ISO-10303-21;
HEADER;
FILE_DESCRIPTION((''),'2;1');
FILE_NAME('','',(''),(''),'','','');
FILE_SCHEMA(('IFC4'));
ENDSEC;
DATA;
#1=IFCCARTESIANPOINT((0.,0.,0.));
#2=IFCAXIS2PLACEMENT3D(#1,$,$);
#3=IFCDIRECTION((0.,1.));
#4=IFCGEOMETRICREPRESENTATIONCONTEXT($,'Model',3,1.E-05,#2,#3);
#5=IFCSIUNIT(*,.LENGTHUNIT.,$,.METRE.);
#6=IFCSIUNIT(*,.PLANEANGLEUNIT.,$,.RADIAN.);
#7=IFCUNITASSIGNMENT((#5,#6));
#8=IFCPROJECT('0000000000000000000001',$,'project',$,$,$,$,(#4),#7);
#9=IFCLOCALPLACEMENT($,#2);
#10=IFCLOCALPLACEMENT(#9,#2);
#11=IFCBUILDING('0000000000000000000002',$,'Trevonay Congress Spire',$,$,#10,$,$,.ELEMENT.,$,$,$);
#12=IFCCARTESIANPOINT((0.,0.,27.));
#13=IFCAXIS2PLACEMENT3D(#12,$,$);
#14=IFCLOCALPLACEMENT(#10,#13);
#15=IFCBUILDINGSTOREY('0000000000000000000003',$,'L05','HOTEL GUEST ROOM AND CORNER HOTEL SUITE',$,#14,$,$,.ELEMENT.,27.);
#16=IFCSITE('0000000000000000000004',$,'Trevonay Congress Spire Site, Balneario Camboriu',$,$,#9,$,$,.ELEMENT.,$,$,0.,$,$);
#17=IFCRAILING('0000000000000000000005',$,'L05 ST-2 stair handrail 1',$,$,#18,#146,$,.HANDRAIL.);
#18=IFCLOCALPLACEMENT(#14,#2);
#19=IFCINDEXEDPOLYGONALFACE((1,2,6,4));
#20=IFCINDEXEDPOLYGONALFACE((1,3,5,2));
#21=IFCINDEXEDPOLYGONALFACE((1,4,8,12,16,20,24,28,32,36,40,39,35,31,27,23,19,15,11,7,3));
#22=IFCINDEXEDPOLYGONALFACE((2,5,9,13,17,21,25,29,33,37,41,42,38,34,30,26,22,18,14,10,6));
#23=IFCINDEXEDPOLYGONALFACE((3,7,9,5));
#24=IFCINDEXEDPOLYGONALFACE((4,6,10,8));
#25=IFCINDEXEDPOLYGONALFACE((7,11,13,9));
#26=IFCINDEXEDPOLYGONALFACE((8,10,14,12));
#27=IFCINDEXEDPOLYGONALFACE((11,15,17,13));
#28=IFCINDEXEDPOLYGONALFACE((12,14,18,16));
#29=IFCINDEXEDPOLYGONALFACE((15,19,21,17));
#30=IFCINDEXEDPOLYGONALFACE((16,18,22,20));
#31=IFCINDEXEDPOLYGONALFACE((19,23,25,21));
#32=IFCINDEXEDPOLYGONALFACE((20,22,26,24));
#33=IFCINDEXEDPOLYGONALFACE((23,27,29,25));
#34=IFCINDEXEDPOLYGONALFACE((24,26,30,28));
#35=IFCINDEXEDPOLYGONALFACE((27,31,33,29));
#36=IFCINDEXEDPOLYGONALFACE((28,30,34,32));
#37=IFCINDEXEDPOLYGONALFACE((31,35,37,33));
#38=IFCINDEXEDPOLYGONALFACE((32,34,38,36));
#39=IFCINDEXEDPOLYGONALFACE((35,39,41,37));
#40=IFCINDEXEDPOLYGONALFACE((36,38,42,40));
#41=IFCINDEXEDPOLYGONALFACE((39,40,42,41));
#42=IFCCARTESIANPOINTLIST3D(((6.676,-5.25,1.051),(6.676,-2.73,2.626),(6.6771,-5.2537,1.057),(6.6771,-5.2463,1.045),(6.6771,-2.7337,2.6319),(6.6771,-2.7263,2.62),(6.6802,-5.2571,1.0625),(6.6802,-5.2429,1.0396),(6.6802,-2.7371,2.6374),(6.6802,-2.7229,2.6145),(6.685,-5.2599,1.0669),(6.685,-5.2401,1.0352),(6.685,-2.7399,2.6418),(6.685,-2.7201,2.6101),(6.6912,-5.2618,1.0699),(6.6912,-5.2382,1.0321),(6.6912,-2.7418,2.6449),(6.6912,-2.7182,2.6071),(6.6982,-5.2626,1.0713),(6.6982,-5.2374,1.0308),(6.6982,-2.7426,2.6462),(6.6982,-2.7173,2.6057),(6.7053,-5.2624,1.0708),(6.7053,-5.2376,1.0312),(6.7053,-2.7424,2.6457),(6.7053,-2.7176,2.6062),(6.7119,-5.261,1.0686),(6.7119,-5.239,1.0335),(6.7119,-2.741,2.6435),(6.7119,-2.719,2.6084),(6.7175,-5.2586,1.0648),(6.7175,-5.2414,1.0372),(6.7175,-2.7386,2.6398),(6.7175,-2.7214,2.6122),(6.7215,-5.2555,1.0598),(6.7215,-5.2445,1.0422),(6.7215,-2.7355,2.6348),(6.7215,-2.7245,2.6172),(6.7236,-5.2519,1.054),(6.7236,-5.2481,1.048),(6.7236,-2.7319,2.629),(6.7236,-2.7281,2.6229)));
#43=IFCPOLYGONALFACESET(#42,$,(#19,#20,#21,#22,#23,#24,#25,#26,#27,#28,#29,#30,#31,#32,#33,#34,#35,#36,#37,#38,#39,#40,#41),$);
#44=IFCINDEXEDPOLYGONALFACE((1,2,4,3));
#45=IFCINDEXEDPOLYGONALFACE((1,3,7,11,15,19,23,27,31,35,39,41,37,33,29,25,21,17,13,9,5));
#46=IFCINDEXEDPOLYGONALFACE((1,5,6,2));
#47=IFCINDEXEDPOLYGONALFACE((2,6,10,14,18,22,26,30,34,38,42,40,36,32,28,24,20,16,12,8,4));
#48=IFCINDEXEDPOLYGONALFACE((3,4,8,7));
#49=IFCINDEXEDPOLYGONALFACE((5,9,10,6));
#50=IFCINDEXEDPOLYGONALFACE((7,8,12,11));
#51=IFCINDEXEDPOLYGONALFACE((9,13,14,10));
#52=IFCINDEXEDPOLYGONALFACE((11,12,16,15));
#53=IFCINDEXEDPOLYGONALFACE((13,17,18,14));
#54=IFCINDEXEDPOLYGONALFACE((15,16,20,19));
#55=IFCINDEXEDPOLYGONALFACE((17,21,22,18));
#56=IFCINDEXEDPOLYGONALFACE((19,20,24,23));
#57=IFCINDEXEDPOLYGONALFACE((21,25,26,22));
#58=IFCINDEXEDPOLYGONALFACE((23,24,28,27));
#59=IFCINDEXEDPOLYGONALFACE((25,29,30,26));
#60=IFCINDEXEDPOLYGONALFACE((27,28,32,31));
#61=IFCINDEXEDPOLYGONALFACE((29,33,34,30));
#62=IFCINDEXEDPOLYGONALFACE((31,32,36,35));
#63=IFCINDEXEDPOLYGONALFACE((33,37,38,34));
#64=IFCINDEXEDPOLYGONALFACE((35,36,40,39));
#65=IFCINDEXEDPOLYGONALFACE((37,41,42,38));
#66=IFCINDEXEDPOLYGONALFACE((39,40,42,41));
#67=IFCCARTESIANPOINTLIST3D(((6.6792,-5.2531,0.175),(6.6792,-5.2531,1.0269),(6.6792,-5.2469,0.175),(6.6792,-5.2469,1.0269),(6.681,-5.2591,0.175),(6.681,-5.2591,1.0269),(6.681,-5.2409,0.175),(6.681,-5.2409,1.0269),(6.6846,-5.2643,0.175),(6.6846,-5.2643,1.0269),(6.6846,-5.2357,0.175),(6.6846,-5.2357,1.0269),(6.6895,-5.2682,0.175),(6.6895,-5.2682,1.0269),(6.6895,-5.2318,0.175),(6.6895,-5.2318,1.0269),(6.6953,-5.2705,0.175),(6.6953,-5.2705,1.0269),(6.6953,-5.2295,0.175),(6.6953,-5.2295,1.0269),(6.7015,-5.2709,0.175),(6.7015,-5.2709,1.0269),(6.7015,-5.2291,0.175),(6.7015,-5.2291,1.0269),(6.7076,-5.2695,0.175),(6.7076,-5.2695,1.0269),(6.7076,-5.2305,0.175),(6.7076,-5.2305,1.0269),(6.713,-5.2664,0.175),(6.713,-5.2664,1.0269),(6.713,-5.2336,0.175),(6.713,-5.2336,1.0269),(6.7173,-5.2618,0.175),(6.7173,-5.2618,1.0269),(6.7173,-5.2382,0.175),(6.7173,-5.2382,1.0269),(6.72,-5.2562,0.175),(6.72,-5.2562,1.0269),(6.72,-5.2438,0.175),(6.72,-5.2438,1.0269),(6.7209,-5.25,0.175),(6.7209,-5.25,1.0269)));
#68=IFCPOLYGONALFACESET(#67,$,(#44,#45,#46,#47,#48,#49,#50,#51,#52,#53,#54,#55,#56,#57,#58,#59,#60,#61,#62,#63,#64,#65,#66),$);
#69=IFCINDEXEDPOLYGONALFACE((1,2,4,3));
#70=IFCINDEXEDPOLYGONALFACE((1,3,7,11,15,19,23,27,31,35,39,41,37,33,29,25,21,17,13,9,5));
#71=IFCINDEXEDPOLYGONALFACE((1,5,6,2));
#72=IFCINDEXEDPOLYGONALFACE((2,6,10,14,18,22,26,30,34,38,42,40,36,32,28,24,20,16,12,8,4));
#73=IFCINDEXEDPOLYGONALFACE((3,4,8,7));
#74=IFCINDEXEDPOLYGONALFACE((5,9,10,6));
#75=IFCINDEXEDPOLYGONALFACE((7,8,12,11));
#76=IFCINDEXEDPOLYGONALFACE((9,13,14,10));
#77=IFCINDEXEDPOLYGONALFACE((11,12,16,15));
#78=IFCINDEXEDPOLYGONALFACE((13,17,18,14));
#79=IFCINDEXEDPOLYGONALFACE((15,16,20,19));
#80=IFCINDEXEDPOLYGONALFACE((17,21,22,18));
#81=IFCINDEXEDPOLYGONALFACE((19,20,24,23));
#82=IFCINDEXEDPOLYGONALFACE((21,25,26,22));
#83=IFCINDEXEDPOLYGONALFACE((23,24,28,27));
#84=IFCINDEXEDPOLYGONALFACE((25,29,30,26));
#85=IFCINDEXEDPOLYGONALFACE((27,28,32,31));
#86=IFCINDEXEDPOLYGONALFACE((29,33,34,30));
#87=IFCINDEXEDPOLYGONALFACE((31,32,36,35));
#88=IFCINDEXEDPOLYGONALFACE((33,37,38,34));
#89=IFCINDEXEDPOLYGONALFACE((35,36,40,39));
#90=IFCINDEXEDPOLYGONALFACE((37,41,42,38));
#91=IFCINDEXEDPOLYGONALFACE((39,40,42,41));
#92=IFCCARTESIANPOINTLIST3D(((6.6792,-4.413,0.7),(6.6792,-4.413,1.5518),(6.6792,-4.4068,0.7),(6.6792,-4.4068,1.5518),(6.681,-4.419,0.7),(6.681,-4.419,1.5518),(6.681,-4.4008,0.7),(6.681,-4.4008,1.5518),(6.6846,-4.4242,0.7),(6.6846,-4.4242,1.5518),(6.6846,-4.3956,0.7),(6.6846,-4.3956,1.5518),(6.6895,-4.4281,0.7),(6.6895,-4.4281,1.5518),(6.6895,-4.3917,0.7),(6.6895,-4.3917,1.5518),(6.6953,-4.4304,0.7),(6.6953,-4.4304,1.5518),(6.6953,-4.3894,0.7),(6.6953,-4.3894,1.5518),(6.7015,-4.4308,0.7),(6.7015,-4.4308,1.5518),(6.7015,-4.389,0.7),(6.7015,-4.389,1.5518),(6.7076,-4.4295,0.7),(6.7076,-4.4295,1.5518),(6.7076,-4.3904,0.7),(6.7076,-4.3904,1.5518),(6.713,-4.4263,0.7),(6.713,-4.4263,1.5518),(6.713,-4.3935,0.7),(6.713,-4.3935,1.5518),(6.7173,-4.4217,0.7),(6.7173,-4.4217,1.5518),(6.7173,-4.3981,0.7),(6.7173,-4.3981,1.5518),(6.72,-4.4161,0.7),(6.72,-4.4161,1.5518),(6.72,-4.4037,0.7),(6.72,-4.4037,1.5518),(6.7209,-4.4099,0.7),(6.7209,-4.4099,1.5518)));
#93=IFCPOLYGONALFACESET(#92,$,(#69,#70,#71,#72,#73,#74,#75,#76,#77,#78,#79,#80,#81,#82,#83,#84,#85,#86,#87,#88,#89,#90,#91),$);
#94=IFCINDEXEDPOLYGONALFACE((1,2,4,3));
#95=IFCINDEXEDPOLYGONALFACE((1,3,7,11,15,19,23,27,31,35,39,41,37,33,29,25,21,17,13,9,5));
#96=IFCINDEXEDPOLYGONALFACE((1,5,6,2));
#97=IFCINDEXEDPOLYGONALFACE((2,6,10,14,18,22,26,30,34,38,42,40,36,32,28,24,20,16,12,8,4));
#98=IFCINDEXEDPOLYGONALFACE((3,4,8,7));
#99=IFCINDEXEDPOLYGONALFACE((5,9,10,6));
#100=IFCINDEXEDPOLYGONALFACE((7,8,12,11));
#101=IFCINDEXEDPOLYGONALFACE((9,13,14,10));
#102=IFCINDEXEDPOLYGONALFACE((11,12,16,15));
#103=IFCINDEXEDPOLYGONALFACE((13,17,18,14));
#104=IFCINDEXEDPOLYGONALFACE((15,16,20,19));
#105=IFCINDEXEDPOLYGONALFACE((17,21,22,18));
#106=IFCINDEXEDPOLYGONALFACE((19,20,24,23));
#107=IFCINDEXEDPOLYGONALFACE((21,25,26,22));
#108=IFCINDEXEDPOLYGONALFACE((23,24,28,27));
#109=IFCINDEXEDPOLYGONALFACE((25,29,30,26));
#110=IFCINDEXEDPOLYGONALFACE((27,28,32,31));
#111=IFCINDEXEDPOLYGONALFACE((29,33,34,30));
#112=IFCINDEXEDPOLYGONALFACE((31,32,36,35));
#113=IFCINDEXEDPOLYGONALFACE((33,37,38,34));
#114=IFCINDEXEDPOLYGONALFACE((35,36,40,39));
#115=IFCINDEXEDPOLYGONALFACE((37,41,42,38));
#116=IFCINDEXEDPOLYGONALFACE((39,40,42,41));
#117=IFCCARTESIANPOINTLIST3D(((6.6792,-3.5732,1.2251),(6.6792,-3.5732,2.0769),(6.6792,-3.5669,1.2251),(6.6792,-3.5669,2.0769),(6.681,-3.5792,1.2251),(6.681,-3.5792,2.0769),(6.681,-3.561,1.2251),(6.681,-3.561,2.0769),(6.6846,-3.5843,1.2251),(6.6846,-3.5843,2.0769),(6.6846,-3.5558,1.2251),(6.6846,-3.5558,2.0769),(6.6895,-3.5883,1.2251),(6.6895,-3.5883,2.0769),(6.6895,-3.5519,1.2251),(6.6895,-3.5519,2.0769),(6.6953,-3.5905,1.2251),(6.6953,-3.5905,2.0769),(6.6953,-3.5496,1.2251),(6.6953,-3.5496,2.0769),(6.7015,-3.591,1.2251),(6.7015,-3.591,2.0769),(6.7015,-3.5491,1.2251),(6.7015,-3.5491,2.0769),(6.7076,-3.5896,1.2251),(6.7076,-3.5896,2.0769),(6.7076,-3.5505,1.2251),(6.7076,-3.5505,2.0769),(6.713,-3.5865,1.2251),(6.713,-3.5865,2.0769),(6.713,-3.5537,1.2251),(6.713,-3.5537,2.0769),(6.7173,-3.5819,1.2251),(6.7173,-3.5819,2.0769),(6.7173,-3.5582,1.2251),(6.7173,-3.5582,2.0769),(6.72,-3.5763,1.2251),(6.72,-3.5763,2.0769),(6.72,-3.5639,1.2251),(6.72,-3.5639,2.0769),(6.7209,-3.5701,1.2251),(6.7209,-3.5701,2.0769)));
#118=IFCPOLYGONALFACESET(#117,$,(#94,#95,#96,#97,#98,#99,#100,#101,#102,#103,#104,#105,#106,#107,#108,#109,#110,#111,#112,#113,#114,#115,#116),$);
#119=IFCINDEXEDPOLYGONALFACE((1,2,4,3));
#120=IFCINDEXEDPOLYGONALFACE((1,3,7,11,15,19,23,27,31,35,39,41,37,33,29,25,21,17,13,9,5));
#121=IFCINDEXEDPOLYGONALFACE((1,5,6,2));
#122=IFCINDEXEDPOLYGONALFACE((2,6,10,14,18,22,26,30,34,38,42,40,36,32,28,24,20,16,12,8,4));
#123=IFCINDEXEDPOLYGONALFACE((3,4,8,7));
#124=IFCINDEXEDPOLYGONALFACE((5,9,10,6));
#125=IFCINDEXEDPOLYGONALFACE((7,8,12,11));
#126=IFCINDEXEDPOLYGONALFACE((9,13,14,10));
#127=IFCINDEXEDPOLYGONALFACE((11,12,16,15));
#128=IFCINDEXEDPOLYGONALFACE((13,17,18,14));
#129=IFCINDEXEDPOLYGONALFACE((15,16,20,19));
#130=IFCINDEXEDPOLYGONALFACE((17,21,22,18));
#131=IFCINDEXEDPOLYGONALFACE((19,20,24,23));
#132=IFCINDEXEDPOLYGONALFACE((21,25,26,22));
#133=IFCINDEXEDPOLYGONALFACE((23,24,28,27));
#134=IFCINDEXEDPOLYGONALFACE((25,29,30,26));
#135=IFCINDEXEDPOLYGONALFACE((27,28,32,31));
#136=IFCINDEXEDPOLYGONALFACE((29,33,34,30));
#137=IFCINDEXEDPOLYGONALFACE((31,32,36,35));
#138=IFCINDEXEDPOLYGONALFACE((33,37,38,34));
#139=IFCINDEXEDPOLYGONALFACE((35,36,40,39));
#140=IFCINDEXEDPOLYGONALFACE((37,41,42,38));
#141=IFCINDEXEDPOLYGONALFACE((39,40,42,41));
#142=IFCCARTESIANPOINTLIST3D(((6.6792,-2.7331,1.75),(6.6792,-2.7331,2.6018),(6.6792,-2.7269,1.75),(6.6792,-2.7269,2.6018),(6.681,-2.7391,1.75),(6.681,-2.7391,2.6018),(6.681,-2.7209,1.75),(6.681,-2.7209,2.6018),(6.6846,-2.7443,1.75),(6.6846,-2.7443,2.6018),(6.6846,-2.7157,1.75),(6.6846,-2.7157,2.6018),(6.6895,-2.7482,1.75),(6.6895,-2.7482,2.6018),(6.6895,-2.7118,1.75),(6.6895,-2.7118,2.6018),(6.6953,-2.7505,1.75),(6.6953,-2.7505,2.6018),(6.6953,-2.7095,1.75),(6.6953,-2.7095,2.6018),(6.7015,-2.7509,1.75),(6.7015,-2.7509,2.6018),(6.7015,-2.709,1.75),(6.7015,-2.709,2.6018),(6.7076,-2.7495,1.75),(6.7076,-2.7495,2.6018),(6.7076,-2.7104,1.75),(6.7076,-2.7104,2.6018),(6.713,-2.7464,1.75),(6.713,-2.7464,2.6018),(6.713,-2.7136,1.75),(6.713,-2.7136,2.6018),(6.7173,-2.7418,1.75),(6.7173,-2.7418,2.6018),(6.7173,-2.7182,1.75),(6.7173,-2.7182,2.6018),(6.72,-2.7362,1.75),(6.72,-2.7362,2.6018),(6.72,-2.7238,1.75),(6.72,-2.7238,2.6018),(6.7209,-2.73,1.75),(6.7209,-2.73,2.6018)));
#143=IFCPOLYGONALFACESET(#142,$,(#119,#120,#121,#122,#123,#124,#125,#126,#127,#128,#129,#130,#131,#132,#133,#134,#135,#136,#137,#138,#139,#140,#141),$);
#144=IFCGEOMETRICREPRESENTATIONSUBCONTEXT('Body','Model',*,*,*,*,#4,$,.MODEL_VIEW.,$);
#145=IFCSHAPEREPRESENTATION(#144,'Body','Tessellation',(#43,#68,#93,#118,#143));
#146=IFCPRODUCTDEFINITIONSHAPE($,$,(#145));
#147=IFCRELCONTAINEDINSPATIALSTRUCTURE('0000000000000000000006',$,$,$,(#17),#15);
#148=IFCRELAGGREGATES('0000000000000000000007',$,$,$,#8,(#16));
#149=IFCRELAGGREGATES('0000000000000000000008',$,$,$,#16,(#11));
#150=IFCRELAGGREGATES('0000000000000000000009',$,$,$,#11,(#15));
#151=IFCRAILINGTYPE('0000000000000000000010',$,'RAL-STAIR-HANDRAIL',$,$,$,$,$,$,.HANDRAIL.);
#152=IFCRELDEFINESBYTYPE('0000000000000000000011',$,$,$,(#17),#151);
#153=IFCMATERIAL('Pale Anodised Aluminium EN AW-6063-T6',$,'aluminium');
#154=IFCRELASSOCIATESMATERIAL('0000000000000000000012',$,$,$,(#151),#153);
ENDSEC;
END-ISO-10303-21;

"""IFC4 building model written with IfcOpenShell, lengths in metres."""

from ifc_helpers import new_model, si_unit, direction, frame, origin, origin_2d, place, context, subcontext, project, spatial, circle, extrude, material, type_object, element, save


model = new_model("IFC4")

# Units and contexts
model_context = context("Model", 3, precision=1e-05, world=origin(), true_north=direction((0.0, 1.0)))
body_context = subcontext(model_context, "Body", "Model", "MODEL_VIEW")
ifc_project = project(units=[si_unit("LENGTHUNIT", "METRE"), si_unit("PLANEANGLEUNIT", "RADIAN")], contexts=[model_context])

# Site, building, storey
site_placement = place(None, origin())
site = spatial("IfcSite", under=ifc_project, at=site_placement, Name="Trevonay Congress Spire Site, Balneario Camboriu", CompositionType="ELEMENT", RefElevation=0.0)
building_placement = place(site_placement, origin())
building = spatial("IfcBuilding", under=site, at=building_placement, Name="Trevonay Congress Spire", CompositionType="ELEMENT")
storey_placement = place(building_placement, frame((0.0, 0.0, 27.0)))
storey = spatial("IfcBuildingStorey", under=building, at=storey_placement, Name="L05", Description="HOTEL GUEST ROOM AND CORNER HOTEL SUITE", CompositionType="ELEMENT", Elevation=27.0)

# Shared definitions
ifc_material_1 = material(Name="Pale Anodised Aluminium EN AW-6063-T6", Category="aluminium")

# Railing
railing_type_1 = type_object("IfcRailingType", Name="RAL-STAIR-HANDRAIL", PredefinedType="HANDRAIL", material=ifc_material_1)
railing_1_placement = place(storey_placement, frame((6.7, -5.25, 0.175)))
element("IfcRailing", 1, at=railing_1_placement, inside=storey, type_object=railing_type_1, Name="L05 ST-2 stair handrail 1", PredefinedType="HANDRAIL", context=body_context, shape_type="SweptSolid", body=[
    extrude(circle(Radius=0.0239, at=origin_2d()), frame((0.0, 0.0, 0.876), z_axis=(0.0, 0.848008, 0.529984), x_axis=(-1.0, 0.0, 0.0)), (0.0, 0.0, 1.0), 2.9717),
    extrude(circle(Radius=0.021, at=origin_2d()), origin(), (0.0, 0.0, 1.0), 0.8518),
    extrude(circle(Radius=0.021, at=origin_2d()), frame((0.0, 0.8401, 0.5249)), (0.0, 0.0, 1.0), 0.8518),
    extrude(circle(Radius=0.021, at=origin_2d()), frame((0.0, 1.6799, 1.05)), (0.0, 0.0, 1.0), 0.8518),
    extrude(circle(Radius=0.021, at=origin_2d()), frame((0.0, 2.52, 1.575)), (0.0, 0.0, 1.0), 0.8518),
])

save(model, "model.ifc")
